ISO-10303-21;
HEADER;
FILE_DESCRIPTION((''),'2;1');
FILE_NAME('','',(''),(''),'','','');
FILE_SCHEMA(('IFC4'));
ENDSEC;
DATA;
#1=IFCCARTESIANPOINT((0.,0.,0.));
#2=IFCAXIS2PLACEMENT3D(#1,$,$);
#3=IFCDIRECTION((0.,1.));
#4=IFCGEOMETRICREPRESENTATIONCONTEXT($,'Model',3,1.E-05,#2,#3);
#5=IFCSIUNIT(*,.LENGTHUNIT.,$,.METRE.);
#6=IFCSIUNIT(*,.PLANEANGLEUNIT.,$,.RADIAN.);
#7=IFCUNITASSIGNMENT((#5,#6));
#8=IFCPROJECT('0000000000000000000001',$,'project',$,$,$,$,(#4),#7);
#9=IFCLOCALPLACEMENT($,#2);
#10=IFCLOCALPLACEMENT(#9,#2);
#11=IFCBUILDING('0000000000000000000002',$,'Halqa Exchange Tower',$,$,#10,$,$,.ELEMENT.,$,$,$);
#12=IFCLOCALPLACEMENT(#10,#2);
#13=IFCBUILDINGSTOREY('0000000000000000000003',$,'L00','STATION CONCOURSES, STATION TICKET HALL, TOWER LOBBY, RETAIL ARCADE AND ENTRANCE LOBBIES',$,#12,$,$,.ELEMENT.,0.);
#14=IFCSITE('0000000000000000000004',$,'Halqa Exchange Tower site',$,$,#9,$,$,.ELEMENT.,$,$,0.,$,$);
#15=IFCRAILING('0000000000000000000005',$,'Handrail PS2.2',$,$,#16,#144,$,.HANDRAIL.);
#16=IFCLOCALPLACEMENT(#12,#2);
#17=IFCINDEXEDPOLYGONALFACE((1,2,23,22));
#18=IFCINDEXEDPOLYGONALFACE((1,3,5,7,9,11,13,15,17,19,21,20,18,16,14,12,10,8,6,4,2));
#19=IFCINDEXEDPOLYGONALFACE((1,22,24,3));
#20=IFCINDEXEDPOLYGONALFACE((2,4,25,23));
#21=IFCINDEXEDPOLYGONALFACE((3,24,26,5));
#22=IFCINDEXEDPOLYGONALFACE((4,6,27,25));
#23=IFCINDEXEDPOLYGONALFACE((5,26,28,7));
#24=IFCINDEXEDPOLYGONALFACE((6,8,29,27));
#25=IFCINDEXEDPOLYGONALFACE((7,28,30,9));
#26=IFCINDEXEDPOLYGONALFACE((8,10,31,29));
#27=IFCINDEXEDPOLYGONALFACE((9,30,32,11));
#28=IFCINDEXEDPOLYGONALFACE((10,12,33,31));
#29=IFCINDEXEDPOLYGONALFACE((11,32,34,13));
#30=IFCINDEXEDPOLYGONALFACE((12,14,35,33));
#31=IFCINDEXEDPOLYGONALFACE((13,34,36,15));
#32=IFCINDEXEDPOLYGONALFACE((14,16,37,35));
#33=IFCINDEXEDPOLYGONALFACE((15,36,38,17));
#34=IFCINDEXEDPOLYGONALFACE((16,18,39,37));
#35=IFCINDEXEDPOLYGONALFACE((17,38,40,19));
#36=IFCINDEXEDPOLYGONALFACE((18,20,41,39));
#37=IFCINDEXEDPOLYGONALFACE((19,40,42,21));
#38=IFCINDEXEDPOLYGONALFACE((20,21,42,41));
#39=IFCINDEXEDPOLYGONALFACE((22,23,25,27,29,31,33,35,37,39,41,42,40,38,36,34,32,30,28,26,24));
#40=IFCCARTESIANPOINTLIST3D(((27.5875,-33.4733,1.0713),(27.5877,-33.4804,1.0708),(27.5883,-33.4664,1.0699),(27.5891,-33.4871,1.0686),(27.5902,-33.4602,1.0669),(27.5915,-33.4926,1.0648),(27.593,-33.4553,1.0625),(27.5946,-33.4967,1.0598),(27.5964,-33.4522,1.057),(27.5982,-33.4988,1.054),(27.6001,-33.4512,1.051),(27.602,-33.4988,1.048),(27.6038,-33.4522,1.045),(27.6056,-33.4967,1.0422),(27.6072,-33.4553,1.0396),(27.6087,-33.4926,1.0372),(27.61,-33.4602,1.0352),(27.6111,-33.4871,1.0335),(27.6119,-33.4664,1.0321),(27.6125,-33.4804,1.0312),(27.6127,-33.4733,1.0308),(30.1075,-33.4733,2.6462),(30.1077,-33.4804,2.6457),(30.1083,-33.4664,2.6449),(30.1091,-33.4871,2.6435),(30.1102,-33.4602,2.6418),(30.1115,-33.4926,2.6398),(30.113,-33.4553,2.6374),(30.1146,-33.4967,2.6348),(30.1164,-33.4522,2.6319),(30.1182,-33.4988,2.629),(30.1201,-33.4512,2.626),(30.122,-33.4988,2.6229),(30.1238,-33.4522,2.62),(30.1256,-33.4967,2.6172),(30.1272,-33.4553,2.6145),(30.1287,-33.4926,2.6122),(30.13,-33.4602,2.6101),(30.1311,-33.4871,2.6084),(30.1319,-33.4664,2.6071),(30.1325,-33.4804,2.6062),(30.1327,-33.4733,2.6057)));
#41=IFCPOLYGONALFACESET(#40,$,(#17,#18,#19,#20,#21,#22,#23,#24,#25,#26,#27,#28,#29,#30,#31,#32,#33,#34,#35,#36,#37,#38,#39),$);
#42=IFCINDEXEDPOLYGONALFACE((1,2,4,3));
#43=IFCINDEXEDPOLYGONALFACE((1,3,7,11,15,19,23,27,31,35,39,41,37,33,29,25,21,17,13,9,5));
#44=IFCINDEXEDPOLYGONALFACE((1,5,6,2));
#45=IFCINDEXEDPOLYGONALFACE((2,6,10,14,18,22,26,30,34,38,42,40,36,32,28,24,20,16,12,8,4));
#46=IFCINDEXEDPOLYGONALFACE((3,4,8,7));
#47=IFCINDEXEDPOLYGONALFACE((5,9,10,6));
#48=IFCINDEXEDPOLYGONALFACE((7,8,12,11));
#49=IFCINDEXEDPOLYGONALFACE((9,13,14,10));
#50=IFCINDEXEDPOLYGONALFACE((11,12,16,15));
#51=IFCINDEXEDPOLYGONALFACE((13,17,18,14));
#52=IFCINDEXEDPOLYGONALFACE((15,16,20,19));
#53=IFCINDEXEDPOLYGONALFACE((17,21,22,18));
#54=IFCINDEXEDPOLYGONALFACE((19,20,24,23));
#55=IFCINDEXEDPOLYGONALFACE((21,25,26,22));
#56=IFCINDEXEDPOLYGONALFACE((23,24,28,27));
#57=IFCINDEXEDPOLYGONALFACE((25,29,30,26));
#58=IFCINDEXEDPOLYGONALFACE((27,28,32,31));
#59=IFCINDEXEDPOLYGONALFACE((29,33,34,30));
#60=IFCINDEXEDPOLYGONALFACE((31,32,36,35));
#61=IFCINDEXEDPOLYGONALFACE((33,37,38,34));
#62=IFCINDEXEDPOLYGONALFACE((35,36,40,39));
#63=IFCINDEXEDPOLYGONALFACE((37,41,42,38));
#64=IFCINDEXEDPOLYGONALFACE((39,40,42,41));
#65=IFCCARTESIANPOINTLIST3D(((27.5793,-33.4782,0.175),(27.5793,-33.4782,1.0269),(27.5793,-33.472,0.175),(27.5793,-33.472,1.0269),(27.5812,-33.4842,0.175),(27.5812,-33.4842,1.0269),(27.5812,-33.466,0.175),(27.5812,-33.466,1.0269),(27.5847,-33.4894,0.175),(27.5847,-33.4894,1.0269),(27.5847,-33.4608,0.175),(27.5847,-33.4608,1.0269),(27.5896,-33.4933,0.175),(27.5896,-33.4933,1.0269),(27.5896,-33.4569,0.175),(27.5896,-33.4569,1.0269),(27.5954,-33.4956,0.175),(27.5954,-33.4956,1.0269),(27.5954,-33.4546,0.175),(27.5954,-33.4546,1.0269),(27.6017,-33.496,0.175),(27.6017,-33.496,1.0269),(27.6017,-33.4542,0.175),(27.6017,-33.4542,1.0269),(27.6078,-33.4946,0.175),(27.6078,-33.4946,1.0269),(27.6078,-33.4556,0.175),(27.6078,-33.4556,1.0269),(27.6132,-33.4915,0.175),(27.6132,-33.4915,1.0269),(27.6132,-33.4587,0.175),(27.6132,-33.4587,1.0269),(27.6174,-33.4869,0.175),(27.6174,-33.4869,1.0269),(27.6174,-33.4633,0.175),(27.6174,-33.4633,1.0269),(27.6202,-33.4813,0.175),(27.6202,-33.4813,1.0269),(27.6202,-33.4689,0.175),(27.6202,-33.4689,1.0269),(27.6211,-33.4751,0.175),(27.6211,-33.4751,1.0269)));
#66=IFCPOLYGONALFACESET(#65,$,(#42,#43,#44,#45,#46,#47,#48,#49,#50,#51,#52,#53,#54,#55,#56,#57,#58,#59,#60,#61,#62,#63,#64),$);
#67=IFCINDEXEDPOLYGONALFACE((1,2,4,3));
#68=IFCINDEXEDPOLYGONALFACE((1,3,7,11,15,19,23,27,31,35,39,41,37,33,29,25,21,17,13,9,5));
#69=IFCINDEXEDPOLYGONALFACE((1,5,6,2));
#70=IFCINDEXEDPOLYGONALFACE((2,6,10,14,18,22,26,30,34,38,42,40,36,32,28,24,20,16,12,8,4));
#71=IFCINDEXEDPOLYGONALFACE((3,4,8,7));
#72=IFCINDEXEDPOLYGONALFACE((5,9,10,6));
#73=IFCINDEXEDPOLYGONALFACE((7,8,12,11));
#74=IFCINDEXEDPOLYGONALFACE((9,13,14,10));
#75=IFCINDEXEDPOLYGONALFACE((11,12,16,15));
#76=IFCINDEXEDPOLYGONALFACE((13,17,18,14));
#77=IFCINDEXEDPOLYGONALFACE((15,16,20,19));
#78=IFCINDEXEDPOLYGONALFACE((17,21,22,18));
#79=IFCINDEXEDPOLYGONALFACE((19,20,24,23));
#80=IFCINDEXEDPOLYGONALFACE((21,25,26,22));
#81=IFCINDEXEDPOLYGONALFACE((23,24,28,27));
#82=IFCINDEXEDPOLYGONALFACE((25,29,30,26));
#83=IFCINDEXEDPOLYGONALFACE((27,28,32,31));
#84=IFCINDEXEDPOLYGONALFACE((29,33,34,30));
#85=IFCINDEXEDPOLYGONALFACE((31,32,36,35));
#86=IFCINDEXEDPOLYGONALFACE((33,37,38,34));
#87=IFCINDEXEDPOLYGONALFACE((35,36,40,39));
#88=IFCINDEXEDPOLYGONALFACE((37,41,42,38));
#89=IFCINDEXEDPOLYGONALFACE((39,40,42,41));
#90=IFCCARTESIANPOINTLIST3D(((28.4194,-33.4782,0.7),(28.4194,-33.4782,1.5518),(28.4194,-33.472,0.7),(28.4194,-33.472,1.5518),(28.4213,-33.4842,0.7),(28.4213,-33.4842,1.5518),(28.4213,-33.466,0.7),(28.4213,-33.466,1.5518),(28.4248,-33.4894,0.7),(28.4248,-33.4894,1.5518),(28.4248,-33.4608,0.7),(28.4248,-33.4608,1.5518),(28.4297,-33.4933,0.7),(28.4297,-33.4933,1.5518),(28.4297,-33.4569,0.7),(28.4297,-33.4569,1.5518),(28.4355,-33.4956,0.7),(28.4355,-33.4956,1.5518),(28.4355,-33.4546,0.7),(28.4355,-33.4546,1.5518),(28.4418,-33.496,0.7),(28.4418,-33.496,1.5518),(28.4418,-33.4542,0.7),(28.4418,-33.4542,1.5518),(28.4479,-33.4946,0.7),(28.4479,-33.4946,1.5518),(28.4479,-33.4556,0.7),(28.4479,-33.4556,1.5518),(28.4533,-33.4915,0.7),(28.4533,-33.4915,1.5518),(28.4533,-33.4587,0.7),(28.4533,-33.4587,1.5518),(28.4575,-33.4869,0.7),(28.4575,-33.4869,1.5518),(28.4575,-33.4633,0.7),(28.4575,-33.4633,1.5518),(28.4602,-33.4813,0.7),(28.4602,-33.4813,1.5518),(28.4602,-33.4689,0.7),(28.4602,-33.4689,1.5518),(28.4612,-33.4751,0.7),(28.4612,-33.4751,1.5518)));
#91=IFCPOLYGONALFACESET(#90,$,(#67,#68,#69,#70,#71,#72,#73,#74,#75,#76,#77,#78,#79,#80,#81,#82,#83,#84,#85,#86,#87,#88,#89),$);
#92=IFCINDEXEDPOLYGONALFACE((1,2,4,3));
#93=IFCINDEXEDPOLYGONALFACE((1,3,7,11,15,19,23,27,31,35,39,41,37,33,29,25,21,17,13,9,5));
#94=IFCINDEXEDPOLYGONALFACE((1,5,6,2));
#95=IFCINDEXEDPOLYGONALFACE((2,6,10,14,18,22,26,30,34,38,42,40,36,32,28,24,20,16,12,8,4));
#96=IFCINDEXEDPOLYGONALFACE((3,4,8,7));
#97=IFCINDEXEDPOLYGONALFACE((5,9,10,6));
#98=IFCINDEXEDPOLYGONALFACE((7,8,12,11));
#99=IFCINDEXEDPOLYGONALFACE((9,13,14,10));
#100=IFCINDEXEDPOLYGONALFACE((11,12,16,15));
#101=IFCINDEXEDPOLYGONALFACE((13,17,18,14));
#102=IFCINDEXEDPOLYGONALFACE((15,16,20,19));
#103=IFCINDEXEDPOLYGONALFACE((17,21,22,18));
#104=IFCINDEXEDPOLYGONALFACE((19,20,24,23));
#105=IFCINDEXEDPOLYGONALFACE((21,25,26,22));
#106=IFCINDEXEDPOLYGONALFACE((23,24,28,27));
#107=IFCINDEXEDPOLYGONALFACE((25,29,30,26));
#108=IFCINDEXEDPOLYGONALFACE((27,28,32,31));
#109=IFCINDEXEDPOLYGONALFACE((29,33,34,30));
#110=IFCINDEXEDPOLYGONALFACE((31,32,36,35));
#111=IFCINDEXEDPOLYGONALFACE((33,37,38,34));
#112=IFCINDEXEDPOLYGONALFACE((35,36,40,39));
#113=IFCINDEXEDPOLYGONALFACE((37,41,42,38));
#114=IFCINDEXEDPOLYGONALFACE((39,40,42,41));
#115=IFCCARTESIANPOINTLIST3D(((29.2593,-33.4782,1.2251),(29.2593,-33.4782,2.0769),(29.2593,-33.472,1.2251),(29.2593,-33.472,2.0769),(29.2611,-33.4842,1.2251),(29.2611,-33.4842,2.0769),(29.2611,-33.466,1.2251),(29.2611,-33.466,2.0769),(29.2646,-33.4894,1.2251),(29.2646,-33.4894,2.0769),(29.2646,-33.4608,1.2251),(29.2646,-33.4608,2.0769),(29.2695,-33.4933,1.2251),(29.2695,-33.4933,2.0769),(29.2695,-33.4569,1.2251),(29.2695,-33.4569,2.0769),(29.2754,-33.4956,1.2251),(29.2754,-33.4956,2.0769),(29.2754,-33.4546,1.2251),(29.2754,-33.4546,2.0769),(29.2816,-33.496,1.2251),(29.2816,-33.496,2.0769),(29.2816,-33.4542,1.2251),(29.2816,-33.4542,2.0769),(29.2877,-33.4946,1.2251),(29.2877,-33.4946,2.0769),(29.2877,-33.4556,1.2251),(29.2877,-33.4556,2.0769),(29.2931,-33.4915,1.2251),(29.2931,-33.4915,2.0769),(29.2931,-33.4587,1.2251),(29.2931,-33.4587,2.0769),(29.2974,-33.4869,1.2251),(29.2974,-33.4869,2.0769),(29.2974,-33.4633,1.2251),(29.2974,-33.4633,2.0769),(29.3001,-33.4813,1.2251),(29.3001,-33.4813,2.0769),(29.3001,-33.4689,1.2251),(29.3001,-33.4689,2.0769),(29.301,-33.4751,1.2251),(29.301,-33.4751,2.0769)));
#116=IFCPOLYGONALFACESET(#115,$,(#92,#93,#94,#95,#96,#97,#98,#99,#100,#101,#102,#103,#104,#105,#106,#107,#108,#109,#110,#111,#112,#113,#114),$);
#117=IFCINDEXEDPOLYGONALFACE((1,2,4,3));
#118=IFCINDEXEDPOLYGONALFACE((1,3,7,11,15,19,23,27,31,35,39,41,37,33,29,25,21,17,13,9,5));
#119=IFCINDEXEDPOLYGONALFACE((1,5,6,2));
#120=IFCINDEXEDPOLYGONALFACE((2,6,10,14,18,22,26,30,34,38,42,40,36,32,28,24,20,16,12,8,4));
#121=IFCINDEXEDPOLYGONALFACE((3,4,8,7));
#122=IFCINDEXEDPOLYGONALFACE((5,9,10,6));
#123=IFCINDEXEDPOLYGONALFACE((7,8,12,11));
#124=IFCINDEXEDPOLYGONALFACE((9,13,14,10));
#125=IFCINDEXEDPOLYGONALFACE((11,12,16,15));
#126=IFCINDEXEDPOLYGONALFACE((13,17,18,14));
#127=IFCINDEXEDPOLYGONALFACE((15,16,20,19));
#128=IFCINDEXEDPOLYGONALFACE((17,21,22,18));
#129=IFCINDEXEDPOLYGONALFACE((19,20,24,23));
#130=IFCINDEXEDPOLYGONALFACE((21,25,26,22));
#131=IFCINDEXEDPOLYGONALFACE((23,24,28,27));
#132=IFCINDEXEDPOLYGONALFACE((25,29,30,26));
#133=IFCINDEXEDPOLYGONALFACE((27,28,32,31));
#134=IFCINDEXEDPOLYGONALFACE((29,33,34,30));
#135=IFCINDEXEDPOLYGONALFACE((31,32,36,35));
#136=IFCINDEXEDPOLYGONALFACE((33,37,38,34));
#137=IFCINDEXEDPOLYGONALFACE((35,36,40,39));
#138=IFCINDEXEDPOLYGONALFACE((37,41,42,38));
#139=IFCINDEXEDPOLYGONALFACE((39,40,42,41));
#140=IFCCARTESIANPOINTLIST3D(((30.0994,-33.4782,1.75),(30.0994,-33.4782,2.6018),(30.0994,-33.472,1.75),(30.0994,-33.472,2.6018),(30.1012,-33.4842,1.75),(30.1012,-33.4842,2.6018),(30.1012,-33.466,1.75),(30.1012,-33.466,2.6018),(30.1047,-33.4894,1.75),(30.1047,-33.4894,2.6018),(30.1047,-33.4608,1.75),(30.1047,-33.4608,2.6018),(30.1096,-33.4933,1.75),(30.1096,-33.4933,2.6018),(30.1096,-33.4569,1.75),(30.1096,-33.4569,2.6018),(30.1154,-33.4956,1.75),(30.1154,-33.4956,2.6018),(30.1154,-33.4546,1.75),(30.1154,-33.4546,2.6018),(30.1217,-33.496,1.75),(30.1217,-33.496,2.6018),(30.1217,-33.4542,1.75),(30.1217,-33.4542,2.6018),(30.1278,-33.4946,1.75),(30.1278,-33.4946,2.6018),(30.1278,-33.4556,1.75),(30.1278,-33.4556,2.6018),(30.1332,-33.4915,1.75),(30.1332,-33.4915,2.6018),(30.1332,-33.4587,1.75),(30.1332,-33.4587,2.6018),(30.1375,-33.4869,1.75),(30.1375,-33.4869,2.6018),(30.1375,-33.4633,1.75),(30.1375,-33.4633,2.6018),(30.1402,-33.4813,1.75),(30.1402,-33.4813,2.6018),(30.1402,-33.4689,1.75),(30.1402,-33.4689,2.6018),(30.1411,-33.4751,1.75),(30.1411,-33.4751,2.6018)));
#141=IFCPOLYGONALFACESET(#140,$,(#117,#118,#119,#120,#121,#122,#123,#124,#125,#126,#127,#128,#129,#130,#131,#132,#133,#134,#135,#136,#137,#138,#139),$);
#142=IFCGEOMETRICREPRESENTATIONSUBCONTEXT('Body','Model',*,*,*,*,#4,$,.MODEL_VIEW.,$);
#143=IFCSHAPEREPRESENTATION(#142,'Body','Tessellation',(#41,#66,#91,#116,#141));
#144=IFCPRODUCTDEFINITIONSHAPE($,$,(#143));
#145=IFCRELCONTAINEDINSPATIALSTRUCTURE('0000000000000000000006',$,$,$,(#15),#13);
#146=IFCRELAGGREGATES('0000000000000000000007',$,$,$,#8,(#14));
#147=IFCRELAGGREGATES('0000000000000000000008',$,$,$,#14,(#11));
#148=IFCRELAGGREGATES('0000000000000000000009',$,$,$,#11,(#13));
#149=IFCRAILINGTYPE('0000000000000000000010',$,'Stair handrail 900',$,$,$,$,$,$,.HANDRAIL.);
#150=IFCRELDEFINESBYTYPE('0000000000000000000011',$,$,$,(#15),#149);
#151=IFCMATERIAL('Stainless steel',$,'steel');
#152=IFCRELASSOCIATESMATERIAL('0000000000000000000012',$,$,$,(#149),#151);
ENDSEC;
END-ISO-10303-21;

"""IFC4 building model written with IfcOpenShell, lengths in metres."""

from ifc_helpers import new_model, si_unit, direction, frame, origin, origin_2d, place, context, subcontext, project, spatial, circle, extrude, material, type_object, element, save


model = new_model("IFC4")

# Units and contexts
model_context = context("Model", 3, precision=1e-05, world=origin(), true_north=direction((0.0, 1.0)))
body_context = subcontext(model_context, "Body", "Model", "MODEL_VIEW")
ifc_project = project(units=[si_unit("LENGTHUNIT", "METRE"), si_unit("PLANEANGLEUNIT", "RADIAN")], contexts=[model_context])

# Site, building, storey
site_placement = place(None, origin())
site = spatial("IfcSite", under=ifc_project, at=site_placement, Name="Halqa Exchange Tower site", CompositionType="ELEMENT", RefElevation=0.0)
building_placement = place(site_placement, origin())
building = spatial("IfcBuilding", under=site, at=building_placement, Name="Halqa Exchange Tower", CompositionType="ELEMENT")
storey_placement = place(building_placement, origin())
storey = spatial("IfcBuildingStorey", under=building, at=storey_placement, Name="L00", Description="STATION CONCOURSES, STATION TICKET HALL, TOWER LOBBY, RETAIL ARCADE AND ENTRANCE LOBBIES", CompositionType="ELEMENT", Elevation=0.0)

# Railing
ifc_material_1 = material(Name="Stainless steel", Category="steel")
railing_type = type_object("IfcRailingType", Name="Stair handrail 900", PredefinedType="HANDRAIL", material=ifc_material_1)
railing_placement = place(storey_placement, frame((27.6001, -33.4751, 0.175)))
element("IfcRailing", 1, at=railing_placement, inside=storey, type_object=railing_type, Name="Handrail PS2.2", PredefinedType="HANDRAIL", context=body_context, shape_type="SweptSolid", body=[
    extrude(circle(Radius=0.0239, at=origin_2d()), frame((0.0, 0.0, 0.876), z_axis=(0.848008, 0.0, 0.529984), x_axis=(0.0, 1.0, 0.0)), (0.0, 0.0, 1.0), 2.9717),
    extrude(circle(Radius=0.021, at=origin_2d()), origin(), (0.0, 0.0, 1.0), 0.8518),
    extrude(circle(Radius=0.021, at=origin_2d()), frame((0.8401, 0.0, 0.5249)), (0.0, 0.0, 1.0), 0.8518),
    extrude(circle(Radius=0.021, at=origin_2d()), frame((1.6799, 0.0, 1.05)), (0.0, 0.0, 1.0), 0.8518),
    extrude(circle(Radius=0.021, at=origin_2d()), frame((2.52, 0.0, 1.575)), (0.0, 0.0, 1.0), 0.8518),
])

save(model, "model.ifc")
